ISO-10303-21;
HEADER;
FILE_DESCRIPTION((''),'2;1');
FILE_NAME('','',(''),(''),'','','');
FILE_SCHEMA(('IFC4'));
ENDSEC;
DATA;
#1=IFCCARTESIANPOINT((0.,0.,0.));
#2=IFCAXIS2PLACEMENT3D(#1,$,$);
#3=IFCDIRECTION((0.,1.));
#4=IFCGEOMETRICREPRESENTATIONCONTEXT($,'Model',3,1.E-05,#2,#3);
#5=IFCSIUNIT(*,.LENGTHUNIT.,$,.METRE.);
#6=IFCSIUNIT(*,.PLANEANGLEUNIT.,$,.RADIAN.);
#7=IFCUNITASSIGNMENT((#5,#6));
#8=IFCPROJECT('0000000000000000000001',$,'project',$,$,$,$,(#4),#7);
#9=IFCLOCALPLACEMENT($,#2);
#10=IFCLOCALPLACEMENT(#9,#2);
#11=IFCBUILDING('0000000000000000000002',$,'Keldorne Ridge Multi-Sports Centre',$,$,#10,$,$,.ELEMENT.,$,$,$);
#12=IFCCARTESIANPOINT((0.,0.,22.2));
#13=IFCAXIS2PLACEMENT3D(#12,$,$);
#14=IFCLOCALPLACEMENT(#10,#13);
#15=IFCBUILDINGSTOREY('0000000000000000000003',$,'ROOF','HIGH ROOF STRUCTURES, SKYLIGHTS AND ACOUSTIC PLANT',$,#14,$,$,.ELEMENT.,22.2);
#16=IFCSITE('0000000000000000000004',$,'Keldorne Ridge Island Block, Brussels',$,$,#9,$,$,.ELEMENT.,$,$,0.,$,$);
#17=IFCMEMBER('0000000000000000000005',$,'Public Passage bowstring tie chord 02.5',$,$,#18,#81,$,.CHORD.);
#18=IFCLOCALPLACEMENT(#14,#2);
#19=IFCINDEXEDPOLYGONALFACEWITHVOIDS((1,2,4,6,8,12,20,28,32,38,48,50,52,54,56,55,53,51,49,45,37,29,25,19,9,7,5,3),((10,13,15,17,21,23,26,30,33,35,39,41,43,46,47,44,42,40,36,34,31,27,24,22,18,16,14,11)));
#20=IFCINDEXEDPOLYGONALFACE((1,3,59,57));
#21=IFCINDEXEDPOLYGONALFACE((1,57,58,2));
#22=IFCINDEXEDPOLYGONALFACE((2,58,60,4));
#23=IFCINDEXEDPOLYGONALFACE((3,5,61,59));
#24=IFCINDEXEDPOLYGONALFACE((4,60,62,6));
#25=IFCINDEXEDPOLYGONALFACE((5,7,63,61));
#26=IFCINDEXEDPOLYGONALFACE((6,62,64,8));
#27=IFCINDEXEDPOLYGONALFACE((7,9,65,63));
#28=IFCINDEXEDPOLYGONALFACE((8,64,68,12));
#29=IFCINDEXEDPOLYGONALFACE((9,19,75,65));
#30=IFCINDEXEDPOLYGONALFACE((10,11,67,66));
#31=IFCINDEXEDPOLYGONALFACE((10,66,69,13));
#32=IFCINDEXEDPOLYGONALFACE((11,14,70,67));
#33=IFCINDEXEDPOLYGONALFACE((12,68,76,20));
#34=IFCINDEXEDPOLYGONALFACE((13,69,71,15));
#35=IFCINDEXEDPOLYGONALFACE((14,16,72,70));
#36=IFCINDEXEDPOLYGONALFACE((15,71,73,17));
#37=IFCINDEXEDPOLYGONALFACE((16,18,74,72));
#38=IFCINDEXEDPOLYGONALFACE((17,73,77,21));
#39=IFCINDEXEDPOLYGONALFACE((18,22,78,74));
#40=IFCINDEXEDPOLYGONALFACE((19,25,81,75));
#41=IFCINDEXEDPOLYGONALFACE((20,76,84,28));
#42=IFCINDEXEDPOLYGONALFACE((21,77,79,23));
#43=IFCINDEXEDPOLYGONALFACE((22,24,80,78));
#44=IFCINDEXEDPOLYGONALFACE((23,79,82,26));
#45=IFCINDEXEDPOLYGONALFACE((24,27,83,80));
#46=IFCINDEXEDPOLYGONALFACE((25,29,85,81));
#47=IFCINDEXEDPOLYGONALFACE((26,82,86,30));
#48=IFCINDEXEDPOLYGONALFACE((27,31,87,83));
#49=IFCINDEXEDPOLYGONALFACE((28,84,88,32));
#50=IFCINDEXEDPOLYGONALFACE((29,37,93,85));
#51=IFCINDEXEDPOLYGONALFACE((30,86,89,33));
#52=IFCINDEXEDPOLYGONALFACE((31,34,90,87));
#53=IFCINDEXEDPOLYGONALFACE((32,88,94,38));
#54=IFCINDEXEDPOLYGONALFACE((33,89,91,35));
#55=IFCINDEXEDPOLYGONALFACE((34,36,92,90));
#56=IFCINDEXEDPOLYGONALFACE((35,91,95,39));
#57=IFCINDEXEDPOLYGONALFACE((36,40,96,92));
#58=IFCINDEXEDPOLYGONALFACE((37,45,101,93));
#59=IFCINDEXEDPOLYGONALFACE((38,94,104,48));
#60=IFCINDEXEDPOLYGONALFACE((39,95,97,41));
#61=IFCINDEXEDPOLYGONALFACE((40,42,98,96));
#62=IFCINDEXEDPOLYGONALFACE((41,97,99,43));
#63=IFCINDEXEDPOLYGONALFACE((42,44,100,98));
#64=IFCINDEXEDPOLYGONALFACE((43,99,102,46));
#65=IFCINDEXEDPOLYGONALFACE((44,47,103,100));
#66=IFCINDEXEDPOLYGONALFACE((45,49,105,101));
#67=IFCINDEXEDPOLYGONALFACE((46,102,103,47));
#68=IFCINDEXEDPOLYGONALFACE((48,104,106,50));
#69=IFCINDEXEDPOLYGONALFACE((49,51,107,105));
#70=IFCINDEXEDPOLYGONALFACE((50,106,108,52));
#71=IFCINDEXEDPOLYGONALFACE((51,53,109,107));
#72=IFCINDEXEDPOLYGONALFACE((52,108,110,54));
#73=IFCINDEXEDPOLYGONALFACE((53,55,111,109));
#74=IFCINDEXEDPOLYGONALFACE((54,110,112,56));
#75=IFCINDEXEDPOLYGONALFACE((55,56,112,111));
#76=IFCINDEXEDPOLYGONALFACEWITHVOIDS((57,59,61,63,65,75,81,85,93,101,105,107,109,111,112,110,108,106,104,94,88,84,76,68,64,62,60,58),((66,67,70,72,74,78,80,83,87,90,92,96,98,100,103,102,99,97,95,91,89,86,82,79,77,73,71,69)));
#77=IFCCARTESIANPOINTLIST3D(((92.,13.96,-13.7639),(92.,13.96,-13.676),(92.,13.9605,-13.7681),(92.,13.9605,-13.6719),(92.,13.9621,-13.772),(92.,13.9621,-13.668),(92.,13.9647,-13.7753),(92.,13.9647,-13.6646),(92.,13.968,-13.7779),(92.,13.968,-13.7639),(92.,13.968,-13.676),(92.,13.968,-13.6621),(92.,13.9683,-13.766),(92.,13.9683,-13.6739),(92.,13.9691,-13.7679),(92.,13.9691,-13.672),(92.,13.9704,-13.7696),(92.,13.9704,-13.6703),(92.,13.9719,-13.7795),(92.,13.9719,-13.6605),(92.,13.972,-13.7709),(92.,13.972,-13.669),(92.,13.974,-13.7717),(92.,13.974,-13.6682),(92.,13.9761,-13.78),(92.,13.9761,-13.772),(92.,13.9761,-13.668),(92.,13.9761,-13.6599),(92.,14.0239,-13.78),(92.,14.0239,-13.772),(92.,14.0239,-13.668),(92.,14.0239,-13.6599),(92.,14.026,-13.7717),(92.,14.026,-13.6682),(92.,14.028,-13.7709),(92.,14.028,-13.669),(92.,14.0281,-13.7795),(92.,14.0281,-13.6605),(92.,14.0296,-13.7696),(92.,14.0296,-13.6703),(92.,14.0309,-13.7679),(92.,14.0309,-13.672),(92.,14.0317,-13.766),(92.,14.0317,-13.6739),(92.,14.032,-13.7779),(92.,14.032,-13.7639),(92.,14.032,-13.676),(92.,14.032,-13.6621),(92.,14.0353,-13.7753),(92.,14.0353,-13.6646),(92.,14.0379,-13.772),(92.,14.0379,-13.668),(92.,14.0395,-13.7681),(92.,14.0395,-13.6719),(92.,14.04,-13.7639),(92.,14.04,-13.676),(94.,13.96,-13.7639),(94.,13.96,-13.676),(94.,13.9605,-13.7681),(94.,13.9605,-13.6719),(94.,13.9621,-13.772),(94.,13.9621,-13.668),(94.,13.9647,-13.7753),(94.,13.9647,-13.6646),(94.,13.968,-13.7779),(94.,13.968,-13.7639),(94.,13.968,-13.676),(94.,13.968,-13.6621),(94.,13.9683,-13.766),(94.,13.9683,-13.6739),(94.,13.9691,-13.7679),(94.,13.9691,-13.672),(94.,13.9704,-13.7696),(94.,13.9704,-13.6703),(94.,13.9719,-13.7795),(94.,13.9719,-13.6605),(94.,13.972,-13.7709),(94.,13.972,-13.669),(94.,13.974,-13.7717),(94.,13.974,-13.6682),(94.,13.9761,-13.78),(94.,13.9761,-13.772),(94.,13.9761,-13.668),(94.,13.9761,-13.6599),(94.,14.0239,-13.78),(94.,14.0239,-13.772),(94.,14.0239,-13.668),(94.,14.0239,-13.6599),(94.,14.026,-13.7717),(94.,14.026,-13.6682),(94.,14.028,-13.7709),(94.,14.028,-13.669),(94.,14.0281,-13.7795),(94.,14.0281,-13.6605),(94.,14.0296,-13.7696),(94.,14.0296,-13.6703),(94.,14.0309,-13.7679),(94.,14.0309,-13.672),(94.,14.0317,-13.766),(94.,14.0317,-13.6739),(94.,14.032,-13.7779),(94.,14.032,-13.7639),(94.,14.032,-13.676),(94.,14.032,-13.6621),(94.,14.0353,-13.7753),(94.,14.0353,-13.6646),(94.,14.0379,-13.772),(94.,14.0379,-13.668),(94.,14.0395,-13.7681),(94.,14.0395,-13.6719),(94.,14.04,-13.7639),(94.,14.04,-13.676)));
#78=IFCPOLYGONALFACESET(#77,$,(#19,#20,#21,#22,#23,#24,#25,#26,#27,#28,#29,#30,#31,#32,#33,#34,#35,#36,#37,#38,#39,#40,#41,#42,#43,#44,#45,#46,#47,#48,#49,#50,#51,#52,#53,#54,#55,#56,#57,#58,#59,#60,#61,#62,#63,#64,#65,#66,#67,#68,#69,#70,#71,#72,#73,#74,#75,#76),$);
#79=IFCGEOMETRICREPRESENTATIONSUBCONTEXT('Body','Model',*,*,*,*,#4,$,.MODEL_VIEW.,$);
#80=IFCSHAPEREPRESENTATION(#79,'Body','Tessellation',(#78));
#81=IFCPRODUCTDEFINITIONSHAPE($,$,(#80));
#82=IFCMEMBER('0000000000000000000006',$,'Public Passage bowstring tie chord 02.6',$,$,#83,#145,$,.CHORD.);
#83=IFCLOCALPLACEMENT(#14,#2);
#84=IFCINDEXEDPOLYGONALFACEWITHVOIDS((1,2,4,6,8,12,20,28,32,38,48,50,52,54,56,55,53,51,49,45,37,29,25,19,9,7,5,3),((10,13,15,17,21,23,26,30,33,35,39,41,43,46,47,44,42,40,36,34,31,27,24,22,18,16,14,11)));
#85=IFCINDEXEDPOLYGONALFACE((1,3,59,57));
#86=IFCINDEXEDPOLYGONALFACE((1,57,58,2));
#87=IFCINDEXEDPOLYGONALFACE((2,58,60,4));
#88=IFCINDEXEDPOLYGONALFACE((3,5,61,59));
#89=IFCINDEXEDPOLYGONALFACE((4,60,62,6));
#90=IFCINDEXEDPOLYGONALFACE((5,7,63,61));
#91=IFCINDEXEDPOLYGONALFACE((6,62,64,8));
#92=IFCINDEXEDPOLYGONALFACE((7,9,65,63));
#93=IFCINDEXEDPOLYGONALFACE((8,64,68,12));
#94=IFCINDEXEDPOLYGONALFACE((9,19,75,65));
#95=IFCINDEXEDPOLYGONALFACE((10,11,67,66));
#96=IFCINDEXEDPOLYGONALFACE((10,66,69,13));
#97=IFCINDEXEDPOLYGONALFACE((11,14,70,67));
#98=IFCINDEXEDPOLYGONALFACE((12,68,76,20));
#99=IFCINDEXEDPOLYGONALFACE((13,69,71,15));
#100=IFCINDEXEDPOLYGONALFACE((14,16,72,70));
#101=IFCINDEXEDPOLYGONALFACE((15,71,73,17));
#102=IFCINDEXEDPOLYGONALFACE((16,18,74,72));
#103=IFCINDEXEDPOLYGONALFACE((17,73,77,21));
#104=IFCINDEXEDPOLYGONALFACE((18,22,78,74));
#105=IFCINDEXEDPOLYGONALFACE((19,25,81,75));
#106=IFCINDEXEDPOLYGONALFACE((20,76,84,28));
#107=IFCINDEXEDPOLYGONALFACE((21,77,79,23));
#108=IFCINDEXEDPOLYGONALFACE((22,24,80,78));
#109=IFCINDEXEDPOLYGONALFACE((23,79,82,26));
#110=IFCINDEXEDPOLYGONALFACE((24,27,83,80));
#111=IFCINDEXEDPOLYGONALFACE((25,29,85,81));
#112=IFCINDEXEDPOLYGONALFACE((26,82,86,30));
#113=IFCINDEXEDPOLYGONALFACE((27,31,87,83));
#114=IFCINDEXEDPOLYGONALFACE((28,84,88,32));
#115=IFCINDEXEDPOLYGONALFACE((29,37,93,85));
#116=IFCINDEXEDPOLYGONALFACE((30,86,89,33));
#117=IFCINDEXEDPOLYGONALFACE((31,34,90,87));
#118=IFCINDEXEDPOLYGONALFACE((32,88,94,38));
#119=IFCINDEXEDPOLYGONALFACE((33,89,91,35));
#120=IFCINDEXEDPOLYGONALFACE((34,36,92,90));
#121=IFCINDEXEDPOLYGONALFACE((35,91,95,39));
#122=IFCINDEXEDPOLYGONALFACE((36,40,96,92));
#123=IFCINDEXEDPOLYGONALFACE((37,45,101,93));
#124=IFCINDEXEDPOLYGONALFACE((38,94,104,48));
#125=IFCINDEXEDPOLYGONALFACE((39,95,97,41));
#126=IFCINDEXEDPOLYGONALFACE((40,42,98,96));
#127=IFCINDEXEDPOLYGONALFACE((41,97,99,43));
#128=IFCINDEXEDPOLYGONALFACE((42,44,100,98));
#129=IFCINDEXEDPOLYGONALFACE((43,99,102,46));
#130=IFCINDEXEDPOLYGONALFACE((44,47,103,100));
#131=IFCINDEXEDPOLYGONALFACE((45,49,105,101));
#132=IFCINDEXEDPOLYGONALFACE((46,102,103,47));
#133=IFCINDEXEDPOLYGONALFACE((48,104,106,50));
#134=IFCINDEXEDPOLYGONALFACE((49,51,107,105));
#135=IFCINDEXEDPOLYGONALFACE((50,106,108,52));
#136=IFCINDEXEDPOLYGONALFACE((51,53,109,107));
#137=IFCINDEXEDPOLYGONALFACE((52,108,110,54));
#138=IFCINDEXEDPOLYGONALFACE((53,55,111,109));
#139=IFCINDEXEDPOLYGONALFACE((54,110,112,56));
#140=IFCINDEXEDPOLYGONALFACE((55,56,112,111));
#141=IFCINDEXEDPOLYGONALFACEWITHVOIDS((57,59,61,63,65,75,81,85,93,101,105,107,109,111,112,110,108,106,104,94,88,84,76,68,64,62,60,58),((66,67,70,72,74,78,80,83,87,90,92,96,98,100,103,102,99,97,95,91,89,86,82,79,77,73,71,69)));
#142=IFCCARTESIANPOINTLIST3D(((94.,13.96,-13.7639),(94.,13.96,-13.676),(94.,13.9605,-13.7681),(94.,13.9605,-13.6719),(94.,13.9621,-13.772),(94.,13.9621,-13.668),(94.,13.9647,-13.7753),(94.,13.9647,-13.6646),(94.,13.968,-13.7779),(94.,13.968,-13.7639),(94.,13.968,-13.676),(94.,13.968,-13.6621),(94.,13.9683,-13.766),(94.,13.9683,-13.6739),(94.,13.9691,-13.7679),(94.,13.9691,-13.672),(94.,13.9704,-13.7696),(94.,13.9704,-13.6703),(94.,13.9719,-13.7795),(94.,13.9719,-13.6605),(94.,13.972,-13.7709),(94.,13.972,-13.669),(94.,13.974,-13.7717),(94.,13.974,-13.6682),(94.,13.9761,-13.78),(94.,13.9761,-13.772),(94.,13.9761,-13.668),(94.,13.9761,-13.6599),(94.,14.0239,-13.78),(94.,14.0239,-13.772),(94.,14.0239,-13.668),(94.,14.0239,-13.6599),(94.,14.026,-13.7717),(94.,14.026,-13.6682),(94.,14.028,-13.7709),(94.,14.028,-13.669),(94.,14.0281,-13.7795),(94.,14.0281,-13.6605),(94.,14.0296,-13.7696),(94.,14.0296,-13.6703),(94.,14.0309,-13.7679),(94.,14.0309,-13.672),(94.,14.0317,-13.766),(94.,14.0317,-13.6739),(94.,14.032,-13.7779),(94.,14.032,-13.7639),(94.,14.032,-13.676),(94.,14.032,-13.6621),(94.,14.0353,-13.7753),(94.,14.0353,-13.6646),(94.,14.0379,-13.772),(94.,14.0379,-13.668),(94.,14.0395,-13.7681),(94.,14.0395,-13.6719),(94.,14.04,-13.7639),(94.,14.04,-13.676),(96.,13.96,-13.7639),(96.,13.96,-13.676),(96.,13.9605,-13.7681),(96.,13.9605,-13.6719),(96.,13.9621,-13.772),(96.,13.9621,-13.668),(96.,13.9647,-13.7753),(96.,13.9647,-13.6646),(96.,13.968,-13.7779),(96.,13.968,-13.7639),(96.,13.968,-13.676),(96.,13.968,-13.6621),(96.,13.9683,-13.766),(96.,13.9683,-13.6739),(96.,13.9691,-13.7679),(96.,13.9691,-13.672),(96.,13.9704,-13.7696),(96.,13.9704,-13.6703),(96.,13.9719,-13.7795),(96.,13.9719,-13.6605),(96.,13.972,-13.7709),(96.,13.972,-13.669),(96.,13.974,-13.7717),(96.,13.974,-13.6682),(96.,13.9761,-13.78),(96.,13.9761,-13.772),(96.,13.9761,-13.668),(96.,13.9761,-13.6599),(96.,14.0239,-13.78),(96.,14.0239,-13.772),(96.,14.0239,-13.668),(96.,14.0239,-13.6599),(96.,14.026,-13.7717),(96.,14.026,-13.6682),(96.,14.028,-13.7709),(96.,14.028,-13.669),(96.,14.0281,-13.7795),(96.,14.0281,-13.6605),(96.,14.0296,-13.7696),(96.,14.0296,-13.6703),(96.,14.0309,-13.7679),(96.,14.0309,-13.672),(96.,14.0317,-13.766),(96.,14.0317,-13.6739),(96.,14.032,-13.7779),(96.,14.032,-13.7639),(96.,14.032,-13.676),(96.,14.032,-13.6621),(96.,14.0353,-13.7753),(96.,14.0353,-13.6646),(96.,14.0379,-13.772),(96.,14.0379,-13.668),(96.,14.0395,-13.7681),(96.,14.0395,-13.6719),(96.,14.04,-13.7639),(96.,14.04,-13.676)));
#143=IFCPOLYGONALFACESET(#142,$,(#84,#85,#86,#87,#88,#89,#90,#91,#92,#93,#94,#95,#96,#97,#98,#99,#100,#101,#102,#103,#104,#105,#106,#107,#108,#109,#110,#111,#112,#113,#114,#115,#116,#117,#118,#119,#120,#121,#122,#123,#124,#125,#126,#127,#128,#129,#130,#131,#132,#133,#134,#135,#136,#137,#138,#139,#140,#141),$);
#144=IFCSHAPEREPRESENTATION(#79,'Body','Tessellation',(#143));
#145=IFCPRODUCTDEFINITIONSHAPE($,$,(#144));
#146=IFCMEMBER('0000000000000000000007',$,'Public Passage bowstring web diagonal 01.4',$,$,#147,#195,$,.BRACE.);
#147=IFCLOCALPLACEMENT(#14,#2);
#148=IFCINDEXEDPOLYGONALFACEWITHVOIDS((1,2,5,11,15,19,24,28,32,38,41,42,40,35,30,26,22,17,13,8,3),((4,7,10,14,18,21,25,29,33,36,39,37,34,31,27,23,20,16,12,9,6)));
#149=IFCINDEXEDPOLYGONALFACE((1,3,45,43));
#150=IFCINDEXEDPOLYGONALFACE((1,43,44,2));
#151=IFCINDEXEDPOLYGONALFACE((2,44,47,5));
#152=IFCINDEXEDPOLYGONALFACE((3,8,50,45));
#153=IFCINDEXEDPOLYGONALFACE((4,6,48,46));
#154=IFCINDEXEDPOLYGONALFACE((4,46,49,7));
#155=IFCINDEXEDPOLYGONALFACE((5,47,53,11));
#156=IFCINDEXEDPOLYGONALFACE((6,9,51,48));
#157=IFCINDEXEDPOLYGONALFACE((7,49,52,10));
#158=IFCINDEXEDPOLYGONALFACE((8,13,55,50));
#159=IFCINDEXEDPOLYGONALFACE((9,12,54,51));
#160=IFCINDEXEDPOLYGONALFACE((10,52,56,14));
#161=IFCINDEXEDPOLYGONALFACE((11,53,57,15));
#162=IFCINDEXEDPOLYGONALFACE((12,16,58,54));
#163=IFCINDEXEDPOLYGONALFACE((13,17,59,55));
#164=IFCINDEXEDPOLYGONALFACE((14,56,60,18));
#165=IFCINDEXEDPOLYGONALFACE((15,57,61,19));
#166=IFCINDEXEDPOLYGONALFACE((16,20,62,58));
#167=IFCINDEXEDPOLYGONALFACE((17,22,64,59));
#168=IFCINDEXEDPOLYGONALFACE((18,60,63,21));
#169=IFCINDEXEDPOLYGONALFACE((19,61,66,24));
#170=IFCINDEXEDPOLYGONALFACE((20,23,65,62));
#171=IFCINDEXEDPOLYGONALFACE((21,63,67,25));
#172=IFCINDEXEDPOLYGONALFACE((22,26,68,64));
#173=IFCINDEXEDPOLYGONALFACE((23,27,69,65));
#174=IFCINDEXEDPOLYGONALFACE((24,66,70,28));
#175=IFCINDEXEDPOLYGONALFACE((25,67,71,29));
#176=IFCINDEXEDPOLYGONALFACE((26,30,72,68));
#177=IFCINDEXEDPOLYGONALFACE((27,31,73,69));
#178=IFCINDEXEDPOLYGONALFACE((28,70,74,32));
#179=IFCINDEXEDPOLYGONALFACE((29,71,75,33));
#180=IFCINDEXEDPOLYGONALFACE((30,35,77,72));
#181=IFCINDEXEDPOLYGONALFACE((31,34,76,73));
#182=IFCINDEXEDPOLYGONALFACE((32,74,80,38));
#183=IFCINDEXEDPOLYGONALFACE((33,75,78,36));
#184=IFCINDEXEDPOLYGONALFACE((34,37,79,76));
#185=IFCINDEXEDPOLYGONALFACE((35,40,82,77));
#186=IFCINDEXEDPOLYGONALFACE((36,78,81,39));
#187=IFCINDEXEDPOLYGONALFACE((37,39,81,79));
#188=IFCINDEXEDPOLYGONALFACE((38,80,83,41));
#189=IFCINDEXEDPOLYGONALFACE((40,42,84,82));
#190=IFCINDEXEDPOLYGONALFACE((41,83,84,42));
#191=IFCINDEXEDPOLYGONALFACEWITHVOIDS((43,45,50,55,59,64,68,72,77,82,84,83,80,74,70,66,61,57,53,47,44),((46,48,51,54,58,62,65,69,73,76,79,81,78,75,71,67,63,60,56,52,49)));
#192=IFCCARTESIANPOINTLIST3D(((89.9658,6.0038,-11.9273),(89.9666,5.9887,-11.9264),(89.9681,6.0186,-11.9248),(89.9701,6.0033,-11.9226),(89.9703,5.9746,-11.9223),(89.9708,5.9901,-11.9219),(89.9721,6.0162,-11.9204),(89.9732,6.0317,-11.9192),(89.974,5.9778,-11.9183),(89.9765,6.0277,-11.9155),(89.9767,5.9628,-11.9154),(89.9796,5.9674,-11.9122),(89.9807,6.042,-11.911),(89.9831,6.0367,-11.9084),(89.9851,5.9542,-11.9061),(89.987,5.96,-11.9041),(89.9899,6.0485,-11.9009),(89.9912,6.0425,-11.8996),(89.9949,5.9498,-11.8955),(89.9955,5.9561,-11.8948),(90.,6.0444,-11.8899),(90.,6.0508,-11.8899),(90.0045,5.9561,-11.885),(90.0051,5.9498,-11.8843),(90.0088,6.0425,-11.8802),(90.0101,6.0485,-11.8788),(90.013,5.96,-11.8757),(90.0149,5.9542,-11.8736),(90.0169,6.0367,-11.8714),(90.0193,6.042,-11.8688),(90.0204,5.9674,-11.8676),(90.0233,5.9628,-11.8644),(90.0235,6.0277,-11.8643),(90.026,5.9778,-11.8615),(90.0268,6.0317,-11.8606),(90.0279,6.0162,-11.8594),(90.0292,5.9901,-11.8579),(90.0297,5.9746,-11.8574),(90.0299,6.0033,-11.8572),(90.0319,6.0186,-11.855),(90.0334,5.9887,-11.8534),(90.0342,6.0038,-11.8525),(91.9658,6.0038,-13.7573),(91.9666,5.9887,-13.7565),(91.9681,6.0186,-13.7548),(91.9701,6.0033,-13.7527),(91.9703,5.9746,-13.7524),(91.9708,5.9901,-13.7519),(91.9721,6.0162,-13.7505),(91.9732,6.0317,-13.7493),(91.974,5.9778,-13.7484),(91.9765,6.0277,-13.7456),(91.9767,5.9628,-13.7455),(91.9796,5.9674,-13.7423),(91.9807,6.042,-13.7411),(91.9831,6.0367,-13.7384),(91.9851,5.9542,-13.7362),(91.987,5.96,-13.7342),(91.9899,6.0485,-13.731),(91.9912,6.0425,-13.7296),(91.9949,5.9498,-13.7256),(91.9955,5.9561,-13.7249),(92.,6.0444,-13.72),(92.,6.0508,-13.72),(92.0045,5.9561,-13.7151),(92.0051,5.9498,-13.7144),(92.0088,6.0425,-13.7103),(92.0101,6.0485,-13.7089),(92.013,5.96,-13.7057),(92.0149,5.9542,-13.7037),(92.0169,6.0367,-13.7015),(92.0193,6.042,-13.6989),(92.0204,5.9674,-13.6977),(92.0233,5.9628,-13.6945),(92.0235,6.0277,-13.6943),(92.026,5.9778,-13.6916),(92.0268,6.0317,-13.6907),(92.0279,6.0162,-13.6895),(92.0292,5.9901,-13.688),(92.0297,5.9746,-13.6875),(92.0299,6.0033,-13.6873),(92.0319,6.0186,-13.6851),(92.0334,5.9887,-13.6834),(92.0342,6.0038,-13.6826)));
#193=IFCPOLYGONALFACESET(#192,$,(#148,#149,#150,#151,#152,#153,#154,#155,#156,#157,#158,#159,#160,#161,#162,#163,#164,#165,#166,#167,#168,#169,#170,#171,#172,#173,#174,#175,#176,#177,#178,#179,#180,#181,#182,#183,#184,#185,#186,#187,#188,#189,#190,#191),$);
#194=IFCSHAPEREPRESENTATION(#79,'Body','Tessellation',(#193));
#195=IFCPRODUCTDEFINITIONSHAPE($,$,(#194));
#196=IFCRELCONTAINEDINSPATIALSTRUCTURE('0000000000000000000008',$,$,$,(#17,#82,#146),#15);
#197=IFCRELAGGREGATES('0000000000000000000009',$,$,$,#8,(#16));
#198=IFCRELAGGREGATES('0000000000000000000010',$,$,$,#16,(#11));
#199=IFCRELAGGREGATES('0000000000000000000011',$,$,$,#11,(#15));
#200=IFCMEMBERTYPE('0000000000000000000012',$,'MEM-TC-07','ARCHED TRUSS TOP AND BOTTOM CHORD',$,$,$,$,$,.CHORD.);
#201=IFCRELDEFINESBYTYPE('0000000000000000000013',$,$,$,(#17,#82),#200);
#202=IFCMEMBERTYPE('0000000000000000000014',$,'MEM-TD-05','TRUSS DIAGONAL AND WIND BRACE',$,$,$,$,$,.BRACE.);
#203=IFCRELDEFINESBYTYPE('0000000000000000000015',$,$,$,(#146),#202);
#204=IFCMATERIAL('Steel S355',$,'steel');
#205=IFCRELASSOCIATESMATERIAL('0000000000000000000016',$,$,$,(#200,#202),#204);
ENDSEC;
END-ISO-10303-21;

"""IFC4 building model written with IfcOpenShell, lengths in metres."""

from ifc_helpers import new_model, si_unit, direction, frame, origin, origin_2d, place, context, subcontext, project, spatial, hollow_rectangle, hollow_circle, extrude, material, material_profile, profile_set, type_object, element, save


model = new_model("IFC4")

# Units and contexts
model_context = context("Model", 3, precision=1e-05, world=origin(), true_north=direction((0.0, 1.0)))
body_context = subcontext(model_context, "Body", "Model", "MODEL_VIEW")
ifc_project = project(units=[si_unit("LENGTHUNIT", "METRE"), si_unit("PLANEANGLEUNIT", "RADIAN")], contexts=[model_context])

# Site, building, storey
site_placement = place(None, origin())
site = spatial("IfcSite", under=ifc_project, at=site_placement, Name="Keldorne Ridge Island Block, Brussels", CompositionType="ELEMENT", RefElevation=0.0)
building_placement = place(site_placement, origin())
building = spatial("IfcBuilding", under=site, at=building_placement, Name="Keldorne Ridge Multi-Sports Centre", CompositionType="ELEMENT")
storey_placement = place(building_placement, frame((0.0, 0.0, 22.2)))
storey = spatial("IfcBuildingStorey", under=building, at=storey_placement, Name="ROOF", Description="HIGH ROOF STRUCTURES, SKYLIGHTS AND ACOUSTIC PLANT", CompositionType="ELEMENT", Elevation=22.2)

# Members
ifc_material = material(Name="Steel S355", Category="steel")
ifc_material_profile_1 = material_profile(ifc_material, hollow_rectangle(XDim=0.0801, YDim=0.1201, WallThickness=0.0081, InnerFilletRadius=0.0081, OuterFilletRadius=0.0161, at=origin_2d()), Name="RHS 120x80x8")
ifc_profile_set_1 = profile_set([ifc_material_profile_1], Name="Steel S355")
member_type_1 = type_object("IfcMemberType", Name="MEM-TC-07", Description="ARCHED TRUSS TOP AND BOTTOM CHORD", PredefinedType="CHORD", material=ifc_profile_set_1)
for number, where, z_axis, x_axis, name in (
    (1, (92.0, 14.0, -13.72), (1.0, 0.0, 0.0), (0.0, 1.0, 0.0), "Public Passage bowstring tie chord 02.5"),
    (2, (94.0, 14.0, -13.72), (1.0, 0.0, 0.0), (0.0, 1.0, 0.0), "Public Passage bowstring tie chord 02.6"),
):
    element("IfcMember", number, at=place(storey_placement, frame(where, z_axis=z_axis, x_axis=x_axis)), inside=storey, type_object=member_type_1, Name=name, PredefinedType="CHORD", context=body_context, shape_type="SweptSolid", body=[
        extrude(hollow_rectangle(XDim=0.0801, YDim=0.1201, WallThickness=0.0081, InnerFilletRadius=0.0081, OuterFilletRadius=0.0161, at=origin_2d()), origin(), (0.0, 0.0, 1.0), 2.0),
    ])
ifc_material_profile_2 = material_profile(ifc_material, hollow_circle(Radius=0.0508, WallThickness=0.0063, at=origin_2d()), Name="CHS 101.6x6.3")
ifc_profile_set_2 = profile_set([ifc_material_profile_2], Name="Steel S355")
member_type_2 = type_object("IfcMemberType", Name="MEM-TD-05", Description="TRUSS DIAGONAL AND WIND BRACE", PredefinedType="BRACE", material=ifc_profile_set_2)
member_1_placement = place(storey_placement, frame((90.0, 6.0, -11.8899), z_axis=(0.737752, 0.0, -0.675072), x_axis=(0.0, 1.0, 0.0)))
element("IfcMember", 3, at=member_1_placement, inside=storey, type_object=member_type_2, Name="Public Passage bowstring web diagonal 01.4", PredefinedType="BRACE", context=body_context, shape_type="SweptSolid", body=[
    extrude(hollow_circle(Radius=0.0508, WallThickness=0.0063, at=origin_2d()), origin(), (0.0, 0.0, 1.0), 2.7109),
])

save(model, "model.ifc")
